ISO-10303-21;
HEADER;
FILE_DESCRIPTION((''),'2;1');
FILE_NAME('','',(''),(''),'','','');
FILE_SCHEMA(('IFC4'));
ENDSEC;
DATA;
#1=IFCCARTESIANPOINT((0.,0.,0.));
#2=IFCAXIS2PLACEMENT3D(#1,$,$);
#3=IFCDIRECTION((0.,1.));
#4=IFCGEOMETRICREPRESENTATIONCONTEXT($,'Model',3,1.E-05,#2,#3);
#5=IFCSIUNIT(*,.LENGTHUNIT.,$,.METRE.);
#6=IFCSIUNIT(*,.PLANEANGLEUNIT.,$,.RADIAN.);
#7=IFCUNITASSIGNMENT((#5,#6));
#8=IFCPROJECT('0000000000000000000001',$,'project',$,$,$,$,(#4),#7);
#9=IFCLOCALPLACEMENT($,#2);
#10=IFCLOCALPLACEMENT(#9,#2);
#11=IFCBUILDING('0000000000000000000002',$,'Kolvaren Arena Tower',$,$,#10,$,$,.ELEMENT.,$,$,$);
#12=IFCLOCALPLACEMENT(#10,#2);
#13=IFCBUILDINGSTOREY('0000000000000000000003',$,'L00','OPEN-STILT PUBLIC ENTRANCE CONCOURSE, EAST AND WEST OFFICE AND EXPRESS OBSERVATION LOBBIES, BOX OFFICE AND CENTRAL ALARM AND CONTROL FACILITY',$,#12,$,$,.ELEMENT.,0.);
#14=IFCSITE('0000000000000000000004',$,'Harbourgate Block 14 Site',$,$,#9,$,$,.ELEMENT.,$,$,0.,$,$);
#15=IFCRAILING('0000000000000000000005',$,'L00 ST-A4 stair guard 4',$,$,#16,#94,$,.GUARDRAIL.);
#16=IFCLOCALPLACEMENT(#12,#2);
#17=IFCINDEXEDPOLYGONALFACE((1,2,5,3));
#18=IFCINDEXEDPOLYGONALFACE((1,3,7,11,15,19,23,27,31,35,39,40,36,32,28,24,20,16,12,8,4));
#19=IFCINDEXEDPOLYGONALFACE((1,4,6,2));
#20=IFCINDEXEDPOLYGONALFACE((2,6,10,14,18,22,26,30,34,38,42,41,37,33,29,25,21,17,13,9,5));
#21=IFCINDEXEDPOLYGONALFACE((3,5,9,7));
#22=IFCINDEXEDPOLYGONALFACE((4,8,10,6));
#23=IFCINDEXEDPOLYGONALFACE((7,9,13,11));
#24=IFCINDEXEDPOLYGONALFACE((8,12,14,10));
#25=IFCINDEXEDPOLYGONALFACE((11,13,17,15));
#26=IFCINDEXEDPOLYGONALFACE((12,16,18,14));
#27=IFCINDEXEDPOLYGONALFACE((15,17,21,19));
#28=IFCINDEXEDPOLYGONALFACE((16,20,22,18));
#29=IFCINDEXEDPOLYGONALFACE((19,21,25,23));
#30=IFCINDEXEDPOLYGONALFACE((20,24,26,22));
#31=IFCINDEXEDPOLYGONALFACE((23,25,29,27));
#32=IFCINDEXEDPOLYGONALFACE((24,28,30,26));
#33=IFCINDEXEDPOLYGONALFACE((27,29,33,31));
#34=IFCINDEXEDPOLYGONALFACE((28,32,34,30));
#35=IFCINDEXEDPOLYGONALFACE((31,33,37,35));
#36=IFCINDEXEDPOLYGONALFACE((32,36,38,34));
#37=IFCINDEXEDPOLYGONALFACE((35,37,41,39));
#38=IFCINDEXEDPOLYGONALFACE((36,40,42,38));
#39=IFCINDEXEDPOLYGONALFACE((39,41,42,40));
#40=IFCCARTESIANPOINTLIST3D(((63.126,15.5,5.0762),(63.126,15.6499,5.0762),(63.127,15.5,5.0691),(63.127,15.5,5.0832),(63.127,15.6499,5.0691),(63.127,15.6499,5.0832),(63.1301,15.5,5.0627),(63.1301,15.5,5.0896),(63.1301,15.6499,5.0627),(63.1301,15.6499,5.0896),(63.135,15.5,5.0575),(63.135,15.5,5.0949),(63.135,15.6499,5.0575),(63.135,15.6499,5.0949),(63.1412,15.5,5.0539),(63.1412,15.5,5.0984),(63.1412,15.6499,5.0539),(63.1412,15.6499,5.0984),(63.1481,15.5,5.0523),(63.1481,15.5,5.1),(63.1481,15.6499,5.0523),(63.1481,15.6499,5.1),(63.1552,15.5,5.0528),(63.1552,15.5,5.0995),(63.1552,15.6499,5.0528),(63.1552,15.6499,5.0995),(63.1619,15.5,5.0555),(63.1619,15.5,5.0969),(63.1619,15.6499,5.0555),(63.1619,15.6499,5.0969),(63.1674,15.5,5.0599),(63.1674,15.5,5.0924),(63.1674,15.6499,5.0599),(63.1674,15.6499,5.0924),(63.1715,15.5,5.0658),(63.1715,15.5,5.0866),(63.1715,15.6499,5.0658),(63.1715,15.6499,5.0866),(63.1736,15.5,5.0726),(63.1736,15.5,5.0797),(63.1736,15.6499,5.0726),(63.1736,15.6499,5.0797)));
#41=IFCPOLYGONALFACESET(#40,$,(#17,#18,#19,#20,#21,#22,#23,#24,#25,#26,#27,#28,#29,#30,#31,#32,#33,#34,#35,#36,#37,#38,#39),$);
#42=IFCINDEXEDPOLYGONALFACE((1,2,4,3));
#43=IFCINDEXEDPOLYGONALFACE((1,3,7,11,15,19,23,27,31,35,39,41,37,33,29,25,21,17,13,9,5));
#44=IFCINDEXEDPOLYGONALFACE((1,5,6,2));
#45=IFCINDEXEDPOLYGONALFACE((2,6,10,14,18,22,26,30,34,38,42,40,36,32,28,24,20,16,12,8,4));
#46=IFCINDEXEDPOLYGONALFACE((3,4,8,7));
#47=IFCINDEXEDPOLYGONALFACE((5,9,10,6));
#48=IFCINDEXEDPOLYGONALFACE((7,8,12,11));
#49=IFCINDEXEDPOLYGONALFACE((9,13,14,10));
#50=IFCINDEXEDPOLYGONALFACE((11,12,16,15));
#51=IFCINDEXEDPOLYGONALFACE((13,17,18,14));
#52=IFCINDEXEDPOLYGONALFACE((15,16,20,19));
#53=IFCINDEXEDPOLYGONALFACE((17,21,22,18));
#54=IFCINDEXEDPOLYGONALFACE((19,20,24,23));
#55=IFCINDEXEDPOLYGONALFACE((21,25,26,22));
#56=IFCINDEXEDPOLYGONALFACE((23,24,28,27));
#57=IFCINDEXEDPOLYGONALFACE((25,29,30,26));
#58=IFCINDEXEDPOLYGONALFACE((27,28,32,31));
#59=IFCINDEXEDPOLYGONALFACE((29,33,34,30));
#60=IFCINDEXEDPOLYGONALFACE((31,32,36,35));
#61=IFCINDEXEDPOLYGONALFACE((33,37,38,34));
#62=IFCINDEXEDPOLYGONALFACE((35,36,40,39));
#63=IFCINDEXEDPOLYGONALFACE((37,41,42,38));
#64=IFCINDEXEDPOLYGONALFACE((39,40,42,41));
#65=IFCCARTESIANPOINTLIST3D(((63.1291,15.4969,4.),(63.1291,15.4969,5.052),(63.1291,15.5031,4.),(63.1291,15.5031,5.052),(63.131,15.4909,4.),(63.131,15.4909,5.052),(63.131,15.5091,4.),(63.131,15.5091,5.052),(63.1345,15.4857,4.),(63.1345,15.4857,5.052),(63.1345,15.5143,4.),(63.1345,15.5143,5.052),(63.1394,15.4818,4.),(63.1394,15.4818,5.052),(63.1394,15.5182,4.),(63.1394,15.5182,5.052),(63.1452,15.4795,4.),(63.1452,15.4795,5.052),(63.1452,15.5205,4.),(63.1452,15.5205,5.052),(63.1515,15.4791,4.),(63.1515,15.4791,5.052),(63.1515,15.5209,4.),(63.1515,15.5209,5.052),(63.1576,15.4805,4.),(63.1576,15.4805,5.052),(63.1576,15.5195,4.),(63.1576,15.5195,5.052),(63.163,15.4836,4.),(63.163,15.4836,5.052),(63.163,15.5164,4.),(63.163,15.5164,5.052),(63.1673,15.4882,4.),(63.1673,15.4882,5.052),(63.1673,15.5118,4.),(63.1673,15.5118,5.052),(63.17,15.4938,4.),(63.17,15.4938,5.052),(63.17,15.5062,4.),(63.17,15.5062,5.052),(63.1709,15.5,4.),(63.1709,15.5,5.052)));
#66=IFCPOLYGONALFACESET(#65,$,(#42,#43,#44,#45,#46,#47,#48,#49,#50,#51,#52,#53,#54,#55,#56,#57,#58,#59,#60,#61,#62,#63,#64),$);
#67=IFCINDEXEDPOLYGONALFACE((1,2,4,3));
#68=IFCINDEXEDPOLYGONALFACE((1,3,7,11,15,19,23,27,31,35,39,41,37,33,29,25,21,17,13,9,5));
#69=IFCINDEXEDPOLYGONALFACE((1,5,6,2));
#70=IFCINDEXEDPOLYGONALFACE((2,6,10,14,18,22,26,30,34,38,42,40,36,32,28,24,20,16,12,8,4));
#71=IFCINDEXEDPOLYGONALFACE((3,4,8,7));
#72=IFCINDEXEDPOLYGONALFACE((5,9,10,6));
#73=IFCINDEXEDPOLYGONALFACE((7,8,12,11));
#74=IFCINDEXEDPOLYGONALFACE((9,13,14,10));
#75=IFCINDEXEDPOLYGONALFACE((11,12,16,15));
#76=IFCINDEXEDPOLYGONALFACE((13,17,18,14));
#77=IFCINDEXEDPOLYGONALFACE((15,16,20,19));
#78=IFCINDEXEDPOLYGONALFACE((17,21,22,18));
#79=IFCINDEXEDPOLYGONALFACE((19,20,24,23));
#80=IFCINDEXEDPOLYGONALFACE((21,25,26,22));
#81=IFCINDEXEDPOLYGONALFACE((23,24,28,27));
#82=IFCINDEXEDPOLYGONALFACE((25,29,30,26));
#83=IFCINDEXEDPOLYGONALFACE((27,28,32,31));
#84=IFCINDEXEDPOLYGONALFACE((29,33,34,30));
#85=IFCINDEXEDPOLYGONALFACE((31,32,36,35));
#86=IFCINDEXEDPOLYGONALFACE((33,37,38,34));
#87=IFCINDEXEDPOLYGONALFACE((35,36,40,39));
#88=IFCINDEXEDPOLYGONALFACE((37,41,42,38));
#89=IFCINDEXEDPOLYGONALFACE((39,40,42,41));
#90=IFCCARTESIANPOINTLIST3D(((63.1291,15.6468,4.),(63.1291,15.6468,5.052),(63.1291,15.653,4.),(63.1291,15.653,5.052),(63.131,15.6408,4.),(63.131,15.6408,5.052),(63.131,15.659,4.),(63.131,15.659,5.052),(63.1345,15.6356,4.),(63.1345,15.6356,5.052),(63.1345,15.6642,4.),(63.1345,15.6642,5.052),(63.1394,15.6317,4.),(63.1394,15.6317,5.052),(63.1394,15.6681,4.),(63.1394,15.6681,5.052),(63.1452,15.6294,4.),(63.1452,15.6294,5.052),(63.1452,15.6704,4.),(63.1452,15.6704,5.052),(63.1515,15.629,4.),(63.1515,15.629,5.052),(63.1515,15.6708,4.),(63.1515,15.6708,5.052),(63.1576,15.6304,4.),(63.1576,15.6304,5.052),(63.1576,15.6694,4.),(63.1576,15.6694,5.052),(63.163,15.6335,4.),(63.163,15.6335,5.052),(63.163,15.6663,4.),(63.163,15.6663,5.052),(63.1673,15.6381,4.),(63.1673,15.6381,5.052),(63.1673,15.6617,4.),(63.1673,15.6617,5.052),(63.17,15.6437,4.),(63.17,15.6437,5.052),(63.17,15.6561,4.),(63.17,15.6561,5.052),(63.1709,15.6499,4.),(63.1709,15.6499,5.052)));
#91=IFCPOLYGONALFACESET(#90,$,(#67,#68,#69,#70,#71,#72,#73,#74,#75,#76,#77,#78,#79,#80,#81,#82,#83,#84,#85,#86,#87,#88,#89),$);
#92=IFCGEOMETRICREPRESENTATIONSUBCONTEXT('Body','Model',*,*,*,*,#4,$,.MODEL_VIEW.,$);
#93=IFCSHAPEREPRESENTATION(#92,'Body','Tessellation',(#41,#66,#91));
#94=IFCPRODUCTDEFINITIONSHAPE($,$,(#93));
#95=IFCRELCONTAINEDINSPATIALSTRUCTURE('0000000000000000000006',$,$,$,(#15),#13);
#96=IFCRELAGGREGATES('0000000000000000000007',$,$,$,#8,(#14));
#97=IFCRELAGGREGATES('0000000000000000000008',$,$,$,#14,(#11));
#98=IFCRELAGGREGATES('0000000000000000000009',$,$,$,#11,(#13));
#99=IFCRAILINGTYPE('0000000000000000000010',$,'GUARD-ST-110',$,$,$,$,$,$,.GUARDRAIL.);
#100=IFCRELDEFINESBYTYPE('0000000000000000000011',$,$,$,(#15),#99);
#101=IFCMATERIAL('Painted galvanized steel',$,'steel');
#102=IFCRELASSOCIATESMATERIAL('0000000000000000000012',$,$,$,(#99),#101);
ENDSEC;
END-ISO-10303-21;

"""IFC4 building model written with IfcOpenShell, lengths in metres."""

from ifc_helpers import new_model, si_unit, direction, frame, origin, origin_2d, place, context, subcontext, project, spatial, circle, extrude, material, type_object, element, save


model = new_model("IFC4")

# Units and contexts
model_context = context("Model", 3, precision=1e-05, world=origin(), true_north=direction((0.0, 1.0)))
body_context = subcontext(model_context, "Body", "Model", "MODEL_VIEW")
ifc_project = project(units=[si_unit("LENGTHUNIT", "METRE"), si_unit("PLANEANGLEUNIT", "RADIAN")], contexts=[model_context])

# Site, building, storey
site_placement = place(None, origin())
site = spatial("IfcSite", under=ifc_project, at=site_placement, Name="Harbourgate Block 14 Site", CompositionType="ELEMENT", RefElevation=0.0)
building_placement = place(site_placement, origin())
building = spatial("IfcBuilding", under=site, at=building_placement, Name="Kolvaren Arena Tower", CompositionType="ELEMENT")
storey_placement = place(building_placement, origin())
storey = spatial("IfcBuildingStorey", under=building, at=storey_placement, Name="L00", Description="OPEN-STILT PUBLIC ENTRANCE CONCOURSE, EAST AND WEST OFFICE AND EXPRESS OBSERVATION LOBBIES, BOX OFFICE AND CENTRAL ALARM AND CONTROL FACILITY", CompositionType="ELEMENT", Elevation=0.0)

# Railing
ifc_material_1 = material(Name="Painted galvanized steel", Category="steel")
railing_type_1 = type_object("IfcRailingType", Name="GUARD-ST-110", PredefinedType="GUARDRAIL", material=ifc_material_1)
railing_1_placement = place(storey_placement, frame((63.1499, 15.5, 4.0)))
element("IfcRailing", 1, at=railing_1_placement, inside=storey, type_object=railing_type_1, Name="L00 ST-A4 stair guard 4", PredefinedType="GUARDRAIL", context=body_context, shape_type="SweptSolid", body=[
    extrude(circle(Radius=0.0239, at=origin_2d()), frame((0.0, 0.0, 1.0762), z_axis=(0.0, 1.0, 0.0), x_axis=(-1.0, 0.0, 0.0)), (0.0, 0.0, 1.0), 0.1499),
    extrude(circle(Radius=0.021, at=origin_2d()), origin(), (0.0, 0.0, 1.0), 1.052),
    extrude(circle(Radius=0.021, at=origin_2d()), frame((0.0, 0.1499, 0.0)), (0.0, 0.0, 1.0), 1.052),
])

save(model, "model.ifc")
